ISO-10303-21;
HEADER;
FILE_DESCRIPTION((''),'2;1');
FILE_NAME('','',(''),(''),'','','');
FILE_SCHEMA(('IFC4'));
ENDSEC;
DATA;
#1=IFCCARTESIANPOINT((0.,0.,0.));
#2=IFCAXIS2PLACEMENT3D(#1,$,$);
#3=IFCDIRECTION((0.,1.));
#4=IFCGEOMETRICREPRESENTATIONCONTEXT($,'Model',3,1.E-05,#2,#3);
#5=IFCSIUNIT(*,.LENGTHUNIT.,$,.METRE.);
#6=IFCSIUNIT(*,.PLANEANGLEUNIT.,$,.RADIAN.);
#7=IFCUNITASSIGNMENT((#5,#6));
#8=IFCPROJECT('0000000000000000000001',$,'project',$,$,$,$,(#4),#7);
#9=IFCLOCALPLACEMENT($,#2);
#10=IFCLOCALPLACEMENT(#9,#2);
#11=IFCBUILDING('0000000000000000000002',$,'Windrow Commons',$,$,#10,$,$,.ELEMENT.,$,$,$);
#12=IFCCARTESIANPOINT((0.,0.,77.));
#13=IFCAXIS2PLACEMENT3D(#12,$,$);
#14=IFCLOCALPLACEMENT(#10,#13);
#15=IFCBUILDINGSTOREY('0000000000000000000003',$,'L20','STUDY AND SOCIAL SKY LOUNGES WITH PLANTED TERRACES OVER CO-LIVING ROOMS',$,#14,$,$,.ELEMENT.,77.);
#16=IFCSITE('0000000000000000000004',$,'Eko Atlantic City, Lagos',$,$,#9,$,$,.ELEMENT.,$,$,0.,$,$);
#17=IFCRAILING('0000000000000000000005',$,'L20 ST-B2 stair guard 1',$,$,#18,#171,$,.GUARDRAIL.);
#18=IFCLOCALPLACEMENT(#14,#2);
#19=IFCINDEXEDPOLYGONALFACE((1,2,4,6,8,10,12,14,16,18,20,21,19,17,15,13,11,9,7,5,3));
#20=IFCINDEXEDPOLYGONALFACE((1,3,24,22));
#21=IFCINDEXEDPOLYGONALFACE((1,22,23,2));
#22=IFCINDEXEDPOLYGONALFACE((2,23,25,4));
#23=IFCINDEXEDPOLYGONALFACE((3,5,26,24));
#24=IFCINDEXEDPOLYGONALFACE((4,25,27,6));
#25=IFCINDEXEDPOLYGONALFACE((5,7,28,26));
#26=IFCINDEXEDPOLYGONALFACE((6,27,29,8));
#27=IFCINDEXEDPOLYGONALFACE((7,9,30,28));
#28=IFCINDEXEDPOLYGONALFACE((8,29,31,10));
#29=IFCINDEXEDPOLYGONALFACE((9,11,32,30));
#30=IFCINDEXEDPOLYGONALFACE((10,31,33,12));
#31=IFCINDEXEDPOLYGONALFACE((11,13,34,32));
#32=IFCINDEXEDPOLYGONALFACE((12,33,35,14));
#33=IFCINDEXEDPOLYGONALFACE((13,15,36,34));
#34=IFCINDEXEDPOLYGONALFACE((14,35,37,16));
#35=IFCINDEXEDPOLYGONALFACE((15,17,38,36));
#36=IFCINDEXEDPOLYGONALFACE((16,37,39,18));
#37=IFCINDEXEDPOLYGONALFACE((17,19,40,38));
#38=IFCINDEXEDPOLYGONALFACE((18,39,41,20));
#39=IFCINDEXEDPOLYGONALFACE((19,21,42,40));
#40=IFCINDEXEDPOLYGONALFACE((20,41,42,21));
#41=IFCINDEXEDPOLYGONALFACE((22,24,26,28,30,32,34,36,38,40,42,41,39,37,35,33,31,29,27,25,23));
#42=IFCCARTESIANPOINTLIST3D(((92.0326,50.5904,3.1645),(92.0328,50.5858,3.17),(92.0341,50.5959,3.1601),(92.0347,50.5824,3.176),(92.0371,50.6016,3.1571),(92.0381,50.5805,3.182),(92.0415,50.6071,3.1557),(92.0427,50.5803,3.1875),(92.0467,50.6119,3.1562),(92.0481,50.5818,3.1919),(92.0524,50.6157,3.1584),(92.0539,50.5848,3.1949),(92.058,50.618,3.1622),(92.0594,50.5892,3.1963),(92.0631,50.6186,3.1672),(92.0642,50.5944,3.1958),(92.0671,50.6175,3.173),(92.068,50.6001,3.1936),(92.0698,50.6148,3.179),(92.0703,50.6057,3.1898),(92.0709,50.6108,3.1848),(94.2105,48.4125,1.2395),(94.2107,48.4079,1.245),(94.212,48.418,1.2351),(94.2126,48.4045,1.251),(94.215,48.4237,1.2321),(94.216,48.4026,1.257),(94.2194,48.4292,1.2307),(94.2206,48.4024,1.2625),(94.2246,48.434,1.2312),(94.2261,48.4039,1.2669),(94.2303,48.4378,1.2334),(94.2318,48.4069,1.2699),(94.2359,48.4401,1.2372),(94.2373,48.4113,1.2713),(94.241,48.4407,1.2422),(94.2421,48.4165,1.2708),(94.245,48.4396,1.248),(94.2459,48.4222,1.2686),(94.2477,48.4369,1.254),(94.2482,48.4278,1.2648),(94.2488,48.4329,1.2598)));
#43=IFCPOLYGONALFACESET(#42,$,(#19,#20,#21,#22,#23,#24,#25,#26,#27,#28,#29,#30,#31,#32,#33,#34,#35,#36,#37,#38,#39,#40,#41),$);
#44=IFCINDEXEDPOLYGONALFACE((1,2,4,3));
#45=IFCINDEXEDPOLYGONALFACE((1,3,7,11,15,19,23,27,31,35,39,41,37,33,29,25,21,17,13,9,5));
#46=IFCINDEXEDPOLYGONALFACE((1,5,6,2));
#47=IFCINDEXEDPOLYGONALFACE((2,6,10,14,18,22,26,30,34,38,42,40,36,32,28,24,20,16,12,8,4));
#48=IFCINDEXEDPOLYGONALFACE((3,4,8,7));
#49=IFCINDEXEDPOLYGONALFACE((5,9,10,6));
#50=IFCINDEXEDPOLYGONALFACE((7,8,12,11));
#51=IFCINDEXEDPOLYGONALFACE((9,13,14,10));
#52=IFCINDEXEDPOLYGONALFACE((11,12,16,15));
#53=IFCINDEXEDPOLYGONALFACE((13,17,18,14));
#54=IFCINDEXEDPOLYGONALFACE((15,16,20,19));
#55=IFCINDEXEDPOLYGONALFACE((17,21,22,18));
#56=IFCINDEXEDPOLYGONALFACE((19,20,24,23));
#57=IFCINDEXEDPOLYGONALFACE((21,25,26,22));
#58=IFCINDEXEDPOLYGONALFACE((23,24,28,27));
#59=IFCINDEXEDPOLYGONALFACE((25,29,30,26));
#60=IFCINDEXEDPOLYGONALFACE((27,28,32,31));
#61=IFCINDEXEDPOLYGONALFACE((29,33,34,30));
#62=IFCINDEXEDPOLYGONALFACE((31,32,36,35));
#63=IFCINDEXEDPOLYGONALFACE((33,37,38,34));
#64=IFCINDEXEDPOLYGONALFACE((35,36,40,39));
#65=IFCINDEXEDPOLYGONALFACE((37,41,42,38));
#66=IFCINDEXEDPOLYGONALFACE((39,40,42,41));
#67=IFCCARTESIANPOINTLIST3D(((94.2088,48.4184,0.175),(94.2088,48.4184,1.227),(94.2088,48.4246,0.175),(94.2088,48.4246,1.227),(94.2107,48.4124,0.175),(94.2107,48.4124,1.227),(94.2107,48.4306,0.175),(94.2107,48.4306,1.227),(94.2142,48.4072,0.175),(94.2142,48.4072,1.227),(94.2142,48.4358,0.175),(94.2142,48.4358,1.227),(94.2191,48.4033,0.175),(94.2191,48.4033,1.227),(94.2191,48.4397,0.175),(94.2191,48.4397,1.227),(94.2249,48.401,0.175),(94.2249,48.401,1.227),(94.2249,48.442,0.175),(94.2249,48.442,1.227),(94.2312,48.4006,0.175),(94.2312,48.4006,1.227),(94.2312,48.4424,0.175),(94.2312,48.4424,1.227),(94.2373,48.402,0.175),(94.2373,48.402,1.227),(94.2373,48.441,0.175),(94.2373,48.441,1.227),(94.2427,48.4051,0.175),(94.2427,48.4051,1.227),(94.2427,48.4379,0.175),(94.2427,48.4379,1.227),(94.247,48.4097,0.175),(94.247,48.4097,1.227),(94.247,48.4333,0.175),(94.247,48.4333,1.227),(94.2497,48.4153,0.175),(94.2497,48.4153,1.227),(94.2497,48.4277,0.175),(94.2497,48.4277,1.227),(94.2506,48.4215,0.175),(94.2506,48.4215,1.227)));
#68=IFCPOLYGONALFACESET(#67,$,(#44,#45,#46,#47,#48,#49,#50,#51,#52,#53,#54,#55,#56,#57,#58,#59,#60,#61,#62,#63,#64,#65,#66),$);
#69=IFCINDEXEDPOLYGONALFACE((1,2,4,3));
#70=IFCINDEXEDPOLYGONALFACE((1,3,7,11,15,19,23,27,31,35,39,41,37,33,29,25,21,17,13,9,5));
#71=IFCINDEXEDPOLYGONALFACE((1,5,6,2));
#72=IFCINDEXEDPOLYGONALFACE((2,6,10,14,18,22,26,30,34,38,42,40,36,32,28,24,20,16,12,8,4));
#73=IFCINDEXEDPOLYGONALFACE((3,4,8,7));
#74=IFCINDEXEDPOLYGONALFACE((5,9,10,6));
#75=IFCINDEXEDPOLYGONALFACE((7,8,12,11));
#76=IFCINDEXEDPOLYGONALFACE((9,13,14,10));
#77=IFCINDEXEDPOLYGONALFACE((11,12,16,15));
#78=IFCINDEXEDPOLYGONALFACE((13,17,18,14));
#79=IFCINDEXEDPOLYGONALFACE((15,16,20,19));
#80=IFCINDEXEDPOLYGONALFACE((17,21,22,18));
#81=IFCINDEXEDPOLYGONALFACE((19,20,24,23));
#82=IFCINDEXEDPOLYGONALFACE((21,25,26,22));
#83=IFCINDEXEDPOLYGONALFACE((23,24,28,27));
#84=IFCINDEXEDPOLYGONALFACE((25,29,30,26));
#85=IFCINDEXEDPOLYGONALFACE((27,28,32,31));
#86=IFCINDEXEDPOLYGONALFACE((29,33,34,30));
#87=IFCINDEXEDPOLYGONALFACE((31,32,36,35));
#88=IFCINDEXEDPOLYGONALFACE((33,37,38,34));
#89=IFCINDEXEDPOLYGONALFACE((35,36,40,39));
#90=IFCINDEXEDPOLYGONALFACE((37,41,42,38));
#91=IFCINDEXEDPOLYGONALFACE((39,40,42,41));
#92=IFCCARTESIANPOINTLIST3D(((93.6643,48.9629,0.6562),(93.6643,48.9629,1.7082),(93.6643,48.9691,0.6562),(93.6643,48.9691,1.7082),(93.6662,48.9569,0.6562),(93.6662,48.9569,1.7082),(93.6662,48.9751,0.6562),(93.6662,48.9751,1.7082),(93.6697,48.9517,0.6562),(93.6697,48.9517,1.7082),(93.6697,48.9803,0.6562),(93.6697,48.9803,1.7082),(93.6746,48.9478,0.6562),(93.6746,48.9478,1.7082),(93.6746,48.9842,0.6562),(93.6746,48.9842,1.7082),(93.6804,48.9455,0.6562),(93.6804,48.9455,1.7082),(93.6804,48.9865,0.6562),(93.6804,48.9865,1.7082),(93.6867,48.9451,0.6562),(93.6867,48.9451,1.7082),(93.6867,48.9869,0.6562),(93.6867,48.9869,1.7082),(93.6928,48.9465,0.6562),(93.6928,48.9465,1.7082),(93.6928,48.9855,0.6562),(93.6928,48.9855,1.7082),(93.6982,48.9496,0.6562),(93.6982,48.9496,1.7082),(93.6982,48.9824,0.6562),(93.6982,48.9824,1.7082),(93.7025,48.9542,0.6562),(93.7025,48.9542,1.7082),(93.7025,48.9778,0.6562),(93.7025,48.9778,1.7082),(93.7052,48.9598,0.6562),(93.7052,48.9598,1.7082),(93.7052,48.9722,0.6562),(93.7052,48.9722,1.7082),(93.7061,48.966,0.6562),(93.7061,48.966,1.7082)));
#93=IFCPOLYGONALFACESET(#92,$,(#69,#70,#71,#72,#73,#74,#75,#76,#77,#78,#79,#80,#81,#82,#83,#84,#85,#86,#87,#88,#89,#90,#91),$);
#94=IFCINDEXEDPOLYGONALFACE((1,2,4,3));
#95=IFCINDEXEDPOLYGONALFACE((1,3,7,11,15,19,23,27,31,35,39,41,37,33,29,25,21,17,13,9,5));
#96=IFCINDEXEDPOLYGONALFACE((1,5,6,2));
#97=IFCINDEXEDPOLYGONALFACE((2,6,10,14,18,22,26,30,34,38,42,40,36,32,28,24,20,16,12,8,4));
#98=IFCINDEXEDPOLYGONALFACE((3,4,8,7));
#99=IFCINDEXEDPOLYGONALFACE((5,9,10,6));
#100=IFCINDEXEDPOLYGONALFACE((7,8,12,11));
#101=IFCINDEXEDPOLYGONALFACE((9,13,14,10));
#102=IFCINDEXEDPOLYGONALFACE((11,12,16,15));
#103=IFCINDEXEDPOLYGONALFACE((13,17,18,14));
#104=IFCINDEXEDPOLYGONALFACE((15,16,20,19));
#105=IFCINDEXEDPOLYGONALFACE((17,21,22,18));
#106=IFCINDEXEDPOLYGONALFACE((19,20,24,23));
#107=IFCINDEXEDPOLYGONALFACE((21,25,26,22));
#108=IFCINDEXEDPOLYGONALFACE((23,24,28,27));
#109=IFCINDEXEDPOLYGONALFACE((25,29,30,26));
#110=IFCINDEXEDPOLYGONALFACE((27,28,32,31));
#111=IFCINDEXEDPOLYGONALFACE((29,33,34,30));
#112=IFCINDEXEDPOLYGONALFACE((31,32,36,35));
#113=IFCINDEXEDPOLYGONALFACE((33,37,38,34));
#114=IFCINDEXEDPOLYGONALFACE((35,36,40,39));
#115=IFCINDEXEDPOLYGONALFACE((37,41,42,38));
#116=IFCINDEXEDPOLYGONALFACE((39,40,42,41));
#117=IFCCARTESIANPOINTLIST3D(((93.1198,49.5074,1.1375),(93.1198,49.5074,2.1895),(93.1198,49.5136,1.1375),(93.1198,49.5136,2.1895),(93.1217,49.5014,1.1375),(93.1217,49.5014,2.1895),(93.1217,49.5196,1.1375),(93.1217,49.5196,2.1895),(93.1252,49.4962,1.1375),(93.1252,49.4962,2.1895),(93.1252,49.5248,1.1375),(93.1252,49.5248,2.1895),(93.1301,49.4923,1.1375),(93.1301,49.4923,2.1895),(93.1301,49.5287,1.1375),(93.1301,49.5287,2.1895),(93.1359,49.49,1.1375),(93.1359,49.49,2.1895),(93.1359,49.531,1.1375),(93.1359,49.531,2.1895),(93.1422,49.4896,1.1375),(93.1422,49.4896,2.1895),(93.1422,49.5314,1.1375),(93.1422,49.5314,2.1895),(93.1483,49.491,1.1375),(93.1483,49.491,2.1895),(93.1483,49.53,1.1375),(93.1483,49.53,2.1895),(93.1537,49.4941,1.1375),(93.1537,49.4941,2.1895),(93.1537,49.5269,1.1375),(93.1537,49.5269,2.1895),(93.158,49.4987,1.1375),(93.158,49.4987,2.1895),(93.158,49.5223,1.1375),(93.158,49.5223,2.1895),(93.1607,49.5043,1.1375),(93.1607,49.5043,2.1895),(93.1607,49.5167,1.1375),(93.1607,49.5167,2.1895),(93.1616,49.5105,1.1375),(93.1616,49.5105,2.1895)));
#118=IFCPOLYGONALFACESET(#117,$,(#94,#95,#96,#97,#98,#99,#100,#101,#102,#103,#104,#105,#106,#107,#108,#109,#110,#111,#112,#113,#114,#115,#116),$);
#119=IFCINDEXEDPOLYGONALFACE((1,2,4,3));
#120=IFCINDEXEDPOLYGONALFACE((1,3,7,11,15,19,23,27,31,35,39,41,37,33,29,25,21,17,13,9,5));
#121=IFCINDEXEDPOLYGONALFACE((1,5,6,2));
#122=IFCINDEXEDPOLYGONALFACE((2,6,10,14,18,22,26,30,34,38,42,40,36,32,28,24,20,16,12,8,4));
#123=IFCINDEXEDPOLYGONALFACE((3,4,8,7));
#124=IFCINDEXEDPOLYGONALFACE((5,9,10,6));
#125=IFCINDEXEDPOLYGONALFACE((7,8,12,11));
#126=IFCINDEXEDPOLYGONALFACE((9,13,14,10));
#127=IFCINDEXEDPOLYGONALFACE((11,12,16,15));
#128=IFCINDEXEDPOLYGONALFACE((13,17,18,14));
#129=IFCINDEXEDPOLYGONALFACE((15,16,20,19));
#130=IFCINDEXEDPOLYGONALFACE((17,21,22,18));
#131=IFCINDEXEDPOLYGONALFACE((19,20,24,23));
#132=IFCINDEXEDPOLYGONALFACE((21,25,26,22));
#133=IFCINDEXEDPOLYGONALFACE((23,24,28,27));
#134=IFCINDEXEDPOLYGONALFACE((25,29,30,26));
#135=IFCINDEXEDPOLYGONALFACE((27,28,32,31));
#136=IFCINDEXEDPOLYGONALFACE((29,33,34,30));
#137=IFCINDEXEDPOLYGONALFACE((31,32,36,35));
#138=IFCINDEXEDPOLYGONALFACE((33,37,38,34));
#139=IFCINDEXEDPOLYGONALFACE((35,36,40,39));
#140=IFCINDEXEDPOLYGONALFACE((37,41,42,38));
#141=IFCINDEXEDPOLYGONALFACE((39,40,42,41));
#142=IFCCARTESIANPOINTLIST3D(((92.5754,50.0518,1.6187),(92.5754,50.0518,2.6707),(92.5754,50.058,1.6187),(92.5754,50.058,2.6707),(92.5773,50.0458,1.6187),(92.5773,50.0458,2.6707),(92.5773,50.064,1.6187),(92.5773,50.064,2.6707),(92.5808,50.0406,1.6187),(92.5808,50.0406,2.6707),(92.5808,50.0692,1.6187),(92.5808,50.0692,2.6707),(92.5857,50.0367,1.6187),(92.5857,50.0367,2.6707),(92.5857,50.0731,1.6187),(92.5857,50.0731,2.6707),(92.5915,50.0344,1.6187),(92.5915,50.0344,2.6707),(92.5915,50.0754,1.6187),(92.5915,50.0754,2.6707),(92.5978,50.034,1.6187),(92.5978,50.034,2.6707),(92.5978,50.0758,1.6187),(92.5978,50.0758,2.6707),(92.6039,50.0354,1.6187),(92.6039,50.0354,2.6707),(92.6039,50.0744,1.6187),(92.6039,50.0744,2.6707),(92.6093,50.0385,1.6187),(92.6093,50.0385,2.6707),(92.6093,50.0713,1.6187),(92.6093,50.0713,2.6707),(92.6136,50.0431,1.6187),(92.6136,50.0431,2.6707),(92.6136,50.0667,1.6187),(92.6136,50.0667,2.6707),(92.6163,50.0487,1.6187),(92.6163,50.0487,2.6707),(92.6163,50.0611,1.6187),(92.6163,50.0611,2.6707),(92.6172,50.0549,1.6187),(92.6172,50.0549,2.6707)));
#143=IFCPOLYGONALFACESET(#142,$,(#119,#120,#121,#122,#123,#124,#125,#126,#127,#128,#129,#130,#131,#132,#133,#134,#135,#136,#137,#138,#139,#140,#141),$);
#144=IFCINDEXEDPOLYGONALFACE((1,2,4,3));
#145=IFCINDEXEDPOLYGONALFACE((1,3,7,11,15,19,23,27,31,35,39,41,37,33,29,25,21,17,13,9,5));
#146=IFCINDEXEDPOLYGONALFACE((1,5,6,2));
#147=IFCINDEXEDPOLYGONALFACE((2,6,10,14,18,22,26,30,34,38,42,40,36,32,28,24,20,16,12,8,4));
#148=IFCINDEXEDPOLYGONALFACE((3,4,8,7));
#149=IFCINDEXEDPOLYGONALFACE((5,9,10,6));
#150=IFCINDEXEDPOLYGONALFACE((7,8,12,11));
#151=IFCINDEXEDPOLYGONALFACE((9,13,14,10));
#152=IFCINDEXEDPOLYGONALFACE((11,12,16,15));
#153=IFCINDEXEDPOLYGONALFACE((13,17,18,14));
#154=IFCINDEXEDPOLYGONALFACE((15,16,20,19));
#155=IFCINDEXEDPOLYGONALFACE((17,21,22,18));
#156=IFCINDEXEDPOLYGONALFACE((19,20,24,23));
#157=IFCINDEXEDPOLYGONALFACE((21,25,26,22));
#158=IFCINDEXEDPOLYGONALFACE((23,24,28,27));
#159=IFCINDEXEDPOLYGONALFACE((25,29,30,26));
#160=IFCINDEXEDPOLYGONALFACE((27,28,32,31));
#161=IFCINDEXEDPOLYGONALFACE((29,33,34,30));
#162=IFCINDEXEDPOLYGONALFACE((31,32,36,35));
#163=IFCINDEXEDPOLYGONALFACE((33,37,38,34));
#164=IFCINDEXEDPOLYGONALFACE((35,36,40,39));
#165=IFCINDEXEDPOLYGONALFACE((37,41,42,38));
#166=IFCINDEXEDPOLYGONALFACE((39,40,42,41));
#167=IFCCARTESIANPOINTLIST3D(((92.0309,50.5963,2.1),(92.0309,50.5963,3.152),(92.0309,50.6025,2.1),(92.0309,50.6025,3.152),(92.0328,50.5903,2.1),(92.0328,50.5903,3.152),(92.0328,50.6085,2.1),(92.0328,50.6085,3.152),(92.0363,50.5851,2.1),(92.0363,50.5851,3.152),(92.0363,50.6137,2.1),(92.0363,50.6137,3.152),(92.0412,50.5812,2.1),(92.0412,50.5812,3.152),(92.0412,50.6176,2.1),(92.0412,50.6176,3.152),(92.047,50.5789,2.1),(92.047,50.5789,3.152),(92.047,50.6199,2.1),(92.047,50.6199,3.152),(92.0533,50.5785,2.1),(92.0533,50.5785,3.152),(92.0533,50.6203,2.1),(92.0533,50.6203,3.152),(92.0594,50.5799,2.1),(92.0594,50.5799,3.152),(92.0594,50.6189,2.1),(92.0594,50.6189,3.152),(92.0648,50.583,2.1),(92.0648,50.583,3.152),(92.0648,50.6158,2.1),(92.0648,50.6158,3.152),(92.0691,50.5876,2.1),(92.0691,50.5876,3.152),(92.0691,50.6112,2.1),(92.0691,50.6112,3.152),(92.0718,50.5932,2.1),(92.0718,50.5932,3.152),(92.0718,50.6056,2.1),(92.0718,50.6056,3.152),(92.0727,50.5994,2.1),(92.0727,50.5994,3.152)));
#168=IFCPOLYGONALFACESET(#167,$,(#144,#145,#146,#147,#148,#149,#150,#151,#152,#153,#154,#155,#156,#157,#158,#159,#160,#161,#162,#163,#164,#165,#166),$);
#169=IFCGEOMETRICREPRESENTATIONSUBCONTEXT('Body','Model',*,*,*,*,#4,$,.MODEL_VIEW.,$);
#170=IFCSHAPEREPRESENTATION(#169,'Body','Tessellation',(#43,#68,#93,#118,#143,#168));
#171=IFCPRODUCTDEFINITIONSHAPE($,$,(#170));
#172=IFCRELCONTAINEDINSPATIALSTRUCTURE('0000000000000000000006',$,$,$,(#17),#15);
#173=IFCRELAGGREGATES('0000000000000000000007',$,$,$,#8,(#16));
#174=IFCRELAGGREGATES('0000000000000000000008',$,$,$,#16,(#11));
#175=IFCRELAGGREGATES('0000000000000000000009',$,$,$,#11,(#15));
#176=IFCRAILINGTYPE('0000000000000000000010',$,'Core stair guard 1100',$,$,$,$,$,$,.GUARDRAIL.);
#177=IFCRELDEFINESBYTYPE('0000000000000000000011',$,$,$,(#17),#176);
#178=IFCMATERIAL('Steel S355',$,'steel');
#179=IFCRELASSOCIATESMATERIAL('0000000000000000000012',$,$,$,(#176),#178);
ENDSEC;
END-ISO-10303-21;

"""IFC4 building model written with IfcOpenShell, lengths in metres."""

from ifc_helpers import new_model, si_unit, direction, frame, origin, origin_2d, place, context, subcontext, project, spatial, circle, extrude, material, type_object, element, save


model = new_model("IFC4")

# Units and contexts
model_context = context("Model", 3, precision=1e-05, world=origin(), true_north=direction((0.0, 1.0)))
body_context = subcontext(model_context, "Body", "Model", "MODEL_VIEW")
ifc_project = project(units=[si_unit("LENGTHUNIT", "METRE"), si_unit("PLANEANGLEUNIT", "RADIAN")], contexts=[model_context])

# Site, building, storey
site_placement = place(None, origin())
site = spatial("IfcSite", under=ifc_project, at=site_placement, Name="Eko Atlantic City, Lagos", CompositionType="ELEMENT", RefElevation=0.0)
building_placement = place(site_placement, origin())
building = spatial("IfcBuilding", under=site, at=building_placement, Name="Windrow Commons", CompositionType="ELEMENT")
storey_placement = place(building_placement, frame((0.0, 0.0, 77.0)))
storey = spatial("IfcBuildingStorey", under=building, at=storey_placement, Name="L20", Description="STUDY AND SOCIAL SKY LOUNGES WITH PLANTED TERRACES OVER CO-LIVING ROOMS", CompositionType="ELEMENT", Elevation=77.0)

# Railing
ifc_material_1 = material(Name="Steel S355", Category="steel")
railing_type_1 = type_object("IfcRailingType", Name="Core stair guard 1100", PredefinedType="GUARDRAIL", material=ifc_material_1)
railing_1_placement = place(storey_placement, frame((94.2296, 48.4215, 0.175)))
element("IfcRailing", 1, at=railing_1_placement, inside=storey, type_object=railing_type_1, Name="L20 ST-B2 stair guard 1", PredefinedType="GUARDRAIL", context=body_context, shape_type="SweptSolid", body=[
    extrude(circle(Radius=0.024, at=origin_2d()), frame((0.0, 0.0, 1.076), z_axis=(-0.599626, 0.599626, 0.529997), x_axis=(-0.707107, -0.707107, 0.0)), (0.0, 0.0, 1.0), 3.6321),
    extrude(circle(Radius=0.021, at=origin_2d()), origin(), (0.0, 0.0, 1.0), 1.052),
    extrude(circle(Radius=0.021, at=origin_2d()), frame((-0.5445, 0.5445, 0.4812)), (0.0, 0.0, 1.0), 1.052),
    extrude(circle(Radius=0.021, at=origin_2d()), frame((-1.089, 1.089, 0.9625)), (0.0, 0.0, 1.0), 1.052),
    extrude(circle(Radius=0.021, at=origin_2d()), frame((-1.6334, 1.6334, 1.4437)), (0.0, 0.0, 1.0), 1.052),
    extrude(circle(Radius=0.021, at=origin_2d()), frame((-2.1779, 2.1779, 1.925)), (0.0, 0.0, 1.0), 1.052),
])

save(model, "model.ifc")
